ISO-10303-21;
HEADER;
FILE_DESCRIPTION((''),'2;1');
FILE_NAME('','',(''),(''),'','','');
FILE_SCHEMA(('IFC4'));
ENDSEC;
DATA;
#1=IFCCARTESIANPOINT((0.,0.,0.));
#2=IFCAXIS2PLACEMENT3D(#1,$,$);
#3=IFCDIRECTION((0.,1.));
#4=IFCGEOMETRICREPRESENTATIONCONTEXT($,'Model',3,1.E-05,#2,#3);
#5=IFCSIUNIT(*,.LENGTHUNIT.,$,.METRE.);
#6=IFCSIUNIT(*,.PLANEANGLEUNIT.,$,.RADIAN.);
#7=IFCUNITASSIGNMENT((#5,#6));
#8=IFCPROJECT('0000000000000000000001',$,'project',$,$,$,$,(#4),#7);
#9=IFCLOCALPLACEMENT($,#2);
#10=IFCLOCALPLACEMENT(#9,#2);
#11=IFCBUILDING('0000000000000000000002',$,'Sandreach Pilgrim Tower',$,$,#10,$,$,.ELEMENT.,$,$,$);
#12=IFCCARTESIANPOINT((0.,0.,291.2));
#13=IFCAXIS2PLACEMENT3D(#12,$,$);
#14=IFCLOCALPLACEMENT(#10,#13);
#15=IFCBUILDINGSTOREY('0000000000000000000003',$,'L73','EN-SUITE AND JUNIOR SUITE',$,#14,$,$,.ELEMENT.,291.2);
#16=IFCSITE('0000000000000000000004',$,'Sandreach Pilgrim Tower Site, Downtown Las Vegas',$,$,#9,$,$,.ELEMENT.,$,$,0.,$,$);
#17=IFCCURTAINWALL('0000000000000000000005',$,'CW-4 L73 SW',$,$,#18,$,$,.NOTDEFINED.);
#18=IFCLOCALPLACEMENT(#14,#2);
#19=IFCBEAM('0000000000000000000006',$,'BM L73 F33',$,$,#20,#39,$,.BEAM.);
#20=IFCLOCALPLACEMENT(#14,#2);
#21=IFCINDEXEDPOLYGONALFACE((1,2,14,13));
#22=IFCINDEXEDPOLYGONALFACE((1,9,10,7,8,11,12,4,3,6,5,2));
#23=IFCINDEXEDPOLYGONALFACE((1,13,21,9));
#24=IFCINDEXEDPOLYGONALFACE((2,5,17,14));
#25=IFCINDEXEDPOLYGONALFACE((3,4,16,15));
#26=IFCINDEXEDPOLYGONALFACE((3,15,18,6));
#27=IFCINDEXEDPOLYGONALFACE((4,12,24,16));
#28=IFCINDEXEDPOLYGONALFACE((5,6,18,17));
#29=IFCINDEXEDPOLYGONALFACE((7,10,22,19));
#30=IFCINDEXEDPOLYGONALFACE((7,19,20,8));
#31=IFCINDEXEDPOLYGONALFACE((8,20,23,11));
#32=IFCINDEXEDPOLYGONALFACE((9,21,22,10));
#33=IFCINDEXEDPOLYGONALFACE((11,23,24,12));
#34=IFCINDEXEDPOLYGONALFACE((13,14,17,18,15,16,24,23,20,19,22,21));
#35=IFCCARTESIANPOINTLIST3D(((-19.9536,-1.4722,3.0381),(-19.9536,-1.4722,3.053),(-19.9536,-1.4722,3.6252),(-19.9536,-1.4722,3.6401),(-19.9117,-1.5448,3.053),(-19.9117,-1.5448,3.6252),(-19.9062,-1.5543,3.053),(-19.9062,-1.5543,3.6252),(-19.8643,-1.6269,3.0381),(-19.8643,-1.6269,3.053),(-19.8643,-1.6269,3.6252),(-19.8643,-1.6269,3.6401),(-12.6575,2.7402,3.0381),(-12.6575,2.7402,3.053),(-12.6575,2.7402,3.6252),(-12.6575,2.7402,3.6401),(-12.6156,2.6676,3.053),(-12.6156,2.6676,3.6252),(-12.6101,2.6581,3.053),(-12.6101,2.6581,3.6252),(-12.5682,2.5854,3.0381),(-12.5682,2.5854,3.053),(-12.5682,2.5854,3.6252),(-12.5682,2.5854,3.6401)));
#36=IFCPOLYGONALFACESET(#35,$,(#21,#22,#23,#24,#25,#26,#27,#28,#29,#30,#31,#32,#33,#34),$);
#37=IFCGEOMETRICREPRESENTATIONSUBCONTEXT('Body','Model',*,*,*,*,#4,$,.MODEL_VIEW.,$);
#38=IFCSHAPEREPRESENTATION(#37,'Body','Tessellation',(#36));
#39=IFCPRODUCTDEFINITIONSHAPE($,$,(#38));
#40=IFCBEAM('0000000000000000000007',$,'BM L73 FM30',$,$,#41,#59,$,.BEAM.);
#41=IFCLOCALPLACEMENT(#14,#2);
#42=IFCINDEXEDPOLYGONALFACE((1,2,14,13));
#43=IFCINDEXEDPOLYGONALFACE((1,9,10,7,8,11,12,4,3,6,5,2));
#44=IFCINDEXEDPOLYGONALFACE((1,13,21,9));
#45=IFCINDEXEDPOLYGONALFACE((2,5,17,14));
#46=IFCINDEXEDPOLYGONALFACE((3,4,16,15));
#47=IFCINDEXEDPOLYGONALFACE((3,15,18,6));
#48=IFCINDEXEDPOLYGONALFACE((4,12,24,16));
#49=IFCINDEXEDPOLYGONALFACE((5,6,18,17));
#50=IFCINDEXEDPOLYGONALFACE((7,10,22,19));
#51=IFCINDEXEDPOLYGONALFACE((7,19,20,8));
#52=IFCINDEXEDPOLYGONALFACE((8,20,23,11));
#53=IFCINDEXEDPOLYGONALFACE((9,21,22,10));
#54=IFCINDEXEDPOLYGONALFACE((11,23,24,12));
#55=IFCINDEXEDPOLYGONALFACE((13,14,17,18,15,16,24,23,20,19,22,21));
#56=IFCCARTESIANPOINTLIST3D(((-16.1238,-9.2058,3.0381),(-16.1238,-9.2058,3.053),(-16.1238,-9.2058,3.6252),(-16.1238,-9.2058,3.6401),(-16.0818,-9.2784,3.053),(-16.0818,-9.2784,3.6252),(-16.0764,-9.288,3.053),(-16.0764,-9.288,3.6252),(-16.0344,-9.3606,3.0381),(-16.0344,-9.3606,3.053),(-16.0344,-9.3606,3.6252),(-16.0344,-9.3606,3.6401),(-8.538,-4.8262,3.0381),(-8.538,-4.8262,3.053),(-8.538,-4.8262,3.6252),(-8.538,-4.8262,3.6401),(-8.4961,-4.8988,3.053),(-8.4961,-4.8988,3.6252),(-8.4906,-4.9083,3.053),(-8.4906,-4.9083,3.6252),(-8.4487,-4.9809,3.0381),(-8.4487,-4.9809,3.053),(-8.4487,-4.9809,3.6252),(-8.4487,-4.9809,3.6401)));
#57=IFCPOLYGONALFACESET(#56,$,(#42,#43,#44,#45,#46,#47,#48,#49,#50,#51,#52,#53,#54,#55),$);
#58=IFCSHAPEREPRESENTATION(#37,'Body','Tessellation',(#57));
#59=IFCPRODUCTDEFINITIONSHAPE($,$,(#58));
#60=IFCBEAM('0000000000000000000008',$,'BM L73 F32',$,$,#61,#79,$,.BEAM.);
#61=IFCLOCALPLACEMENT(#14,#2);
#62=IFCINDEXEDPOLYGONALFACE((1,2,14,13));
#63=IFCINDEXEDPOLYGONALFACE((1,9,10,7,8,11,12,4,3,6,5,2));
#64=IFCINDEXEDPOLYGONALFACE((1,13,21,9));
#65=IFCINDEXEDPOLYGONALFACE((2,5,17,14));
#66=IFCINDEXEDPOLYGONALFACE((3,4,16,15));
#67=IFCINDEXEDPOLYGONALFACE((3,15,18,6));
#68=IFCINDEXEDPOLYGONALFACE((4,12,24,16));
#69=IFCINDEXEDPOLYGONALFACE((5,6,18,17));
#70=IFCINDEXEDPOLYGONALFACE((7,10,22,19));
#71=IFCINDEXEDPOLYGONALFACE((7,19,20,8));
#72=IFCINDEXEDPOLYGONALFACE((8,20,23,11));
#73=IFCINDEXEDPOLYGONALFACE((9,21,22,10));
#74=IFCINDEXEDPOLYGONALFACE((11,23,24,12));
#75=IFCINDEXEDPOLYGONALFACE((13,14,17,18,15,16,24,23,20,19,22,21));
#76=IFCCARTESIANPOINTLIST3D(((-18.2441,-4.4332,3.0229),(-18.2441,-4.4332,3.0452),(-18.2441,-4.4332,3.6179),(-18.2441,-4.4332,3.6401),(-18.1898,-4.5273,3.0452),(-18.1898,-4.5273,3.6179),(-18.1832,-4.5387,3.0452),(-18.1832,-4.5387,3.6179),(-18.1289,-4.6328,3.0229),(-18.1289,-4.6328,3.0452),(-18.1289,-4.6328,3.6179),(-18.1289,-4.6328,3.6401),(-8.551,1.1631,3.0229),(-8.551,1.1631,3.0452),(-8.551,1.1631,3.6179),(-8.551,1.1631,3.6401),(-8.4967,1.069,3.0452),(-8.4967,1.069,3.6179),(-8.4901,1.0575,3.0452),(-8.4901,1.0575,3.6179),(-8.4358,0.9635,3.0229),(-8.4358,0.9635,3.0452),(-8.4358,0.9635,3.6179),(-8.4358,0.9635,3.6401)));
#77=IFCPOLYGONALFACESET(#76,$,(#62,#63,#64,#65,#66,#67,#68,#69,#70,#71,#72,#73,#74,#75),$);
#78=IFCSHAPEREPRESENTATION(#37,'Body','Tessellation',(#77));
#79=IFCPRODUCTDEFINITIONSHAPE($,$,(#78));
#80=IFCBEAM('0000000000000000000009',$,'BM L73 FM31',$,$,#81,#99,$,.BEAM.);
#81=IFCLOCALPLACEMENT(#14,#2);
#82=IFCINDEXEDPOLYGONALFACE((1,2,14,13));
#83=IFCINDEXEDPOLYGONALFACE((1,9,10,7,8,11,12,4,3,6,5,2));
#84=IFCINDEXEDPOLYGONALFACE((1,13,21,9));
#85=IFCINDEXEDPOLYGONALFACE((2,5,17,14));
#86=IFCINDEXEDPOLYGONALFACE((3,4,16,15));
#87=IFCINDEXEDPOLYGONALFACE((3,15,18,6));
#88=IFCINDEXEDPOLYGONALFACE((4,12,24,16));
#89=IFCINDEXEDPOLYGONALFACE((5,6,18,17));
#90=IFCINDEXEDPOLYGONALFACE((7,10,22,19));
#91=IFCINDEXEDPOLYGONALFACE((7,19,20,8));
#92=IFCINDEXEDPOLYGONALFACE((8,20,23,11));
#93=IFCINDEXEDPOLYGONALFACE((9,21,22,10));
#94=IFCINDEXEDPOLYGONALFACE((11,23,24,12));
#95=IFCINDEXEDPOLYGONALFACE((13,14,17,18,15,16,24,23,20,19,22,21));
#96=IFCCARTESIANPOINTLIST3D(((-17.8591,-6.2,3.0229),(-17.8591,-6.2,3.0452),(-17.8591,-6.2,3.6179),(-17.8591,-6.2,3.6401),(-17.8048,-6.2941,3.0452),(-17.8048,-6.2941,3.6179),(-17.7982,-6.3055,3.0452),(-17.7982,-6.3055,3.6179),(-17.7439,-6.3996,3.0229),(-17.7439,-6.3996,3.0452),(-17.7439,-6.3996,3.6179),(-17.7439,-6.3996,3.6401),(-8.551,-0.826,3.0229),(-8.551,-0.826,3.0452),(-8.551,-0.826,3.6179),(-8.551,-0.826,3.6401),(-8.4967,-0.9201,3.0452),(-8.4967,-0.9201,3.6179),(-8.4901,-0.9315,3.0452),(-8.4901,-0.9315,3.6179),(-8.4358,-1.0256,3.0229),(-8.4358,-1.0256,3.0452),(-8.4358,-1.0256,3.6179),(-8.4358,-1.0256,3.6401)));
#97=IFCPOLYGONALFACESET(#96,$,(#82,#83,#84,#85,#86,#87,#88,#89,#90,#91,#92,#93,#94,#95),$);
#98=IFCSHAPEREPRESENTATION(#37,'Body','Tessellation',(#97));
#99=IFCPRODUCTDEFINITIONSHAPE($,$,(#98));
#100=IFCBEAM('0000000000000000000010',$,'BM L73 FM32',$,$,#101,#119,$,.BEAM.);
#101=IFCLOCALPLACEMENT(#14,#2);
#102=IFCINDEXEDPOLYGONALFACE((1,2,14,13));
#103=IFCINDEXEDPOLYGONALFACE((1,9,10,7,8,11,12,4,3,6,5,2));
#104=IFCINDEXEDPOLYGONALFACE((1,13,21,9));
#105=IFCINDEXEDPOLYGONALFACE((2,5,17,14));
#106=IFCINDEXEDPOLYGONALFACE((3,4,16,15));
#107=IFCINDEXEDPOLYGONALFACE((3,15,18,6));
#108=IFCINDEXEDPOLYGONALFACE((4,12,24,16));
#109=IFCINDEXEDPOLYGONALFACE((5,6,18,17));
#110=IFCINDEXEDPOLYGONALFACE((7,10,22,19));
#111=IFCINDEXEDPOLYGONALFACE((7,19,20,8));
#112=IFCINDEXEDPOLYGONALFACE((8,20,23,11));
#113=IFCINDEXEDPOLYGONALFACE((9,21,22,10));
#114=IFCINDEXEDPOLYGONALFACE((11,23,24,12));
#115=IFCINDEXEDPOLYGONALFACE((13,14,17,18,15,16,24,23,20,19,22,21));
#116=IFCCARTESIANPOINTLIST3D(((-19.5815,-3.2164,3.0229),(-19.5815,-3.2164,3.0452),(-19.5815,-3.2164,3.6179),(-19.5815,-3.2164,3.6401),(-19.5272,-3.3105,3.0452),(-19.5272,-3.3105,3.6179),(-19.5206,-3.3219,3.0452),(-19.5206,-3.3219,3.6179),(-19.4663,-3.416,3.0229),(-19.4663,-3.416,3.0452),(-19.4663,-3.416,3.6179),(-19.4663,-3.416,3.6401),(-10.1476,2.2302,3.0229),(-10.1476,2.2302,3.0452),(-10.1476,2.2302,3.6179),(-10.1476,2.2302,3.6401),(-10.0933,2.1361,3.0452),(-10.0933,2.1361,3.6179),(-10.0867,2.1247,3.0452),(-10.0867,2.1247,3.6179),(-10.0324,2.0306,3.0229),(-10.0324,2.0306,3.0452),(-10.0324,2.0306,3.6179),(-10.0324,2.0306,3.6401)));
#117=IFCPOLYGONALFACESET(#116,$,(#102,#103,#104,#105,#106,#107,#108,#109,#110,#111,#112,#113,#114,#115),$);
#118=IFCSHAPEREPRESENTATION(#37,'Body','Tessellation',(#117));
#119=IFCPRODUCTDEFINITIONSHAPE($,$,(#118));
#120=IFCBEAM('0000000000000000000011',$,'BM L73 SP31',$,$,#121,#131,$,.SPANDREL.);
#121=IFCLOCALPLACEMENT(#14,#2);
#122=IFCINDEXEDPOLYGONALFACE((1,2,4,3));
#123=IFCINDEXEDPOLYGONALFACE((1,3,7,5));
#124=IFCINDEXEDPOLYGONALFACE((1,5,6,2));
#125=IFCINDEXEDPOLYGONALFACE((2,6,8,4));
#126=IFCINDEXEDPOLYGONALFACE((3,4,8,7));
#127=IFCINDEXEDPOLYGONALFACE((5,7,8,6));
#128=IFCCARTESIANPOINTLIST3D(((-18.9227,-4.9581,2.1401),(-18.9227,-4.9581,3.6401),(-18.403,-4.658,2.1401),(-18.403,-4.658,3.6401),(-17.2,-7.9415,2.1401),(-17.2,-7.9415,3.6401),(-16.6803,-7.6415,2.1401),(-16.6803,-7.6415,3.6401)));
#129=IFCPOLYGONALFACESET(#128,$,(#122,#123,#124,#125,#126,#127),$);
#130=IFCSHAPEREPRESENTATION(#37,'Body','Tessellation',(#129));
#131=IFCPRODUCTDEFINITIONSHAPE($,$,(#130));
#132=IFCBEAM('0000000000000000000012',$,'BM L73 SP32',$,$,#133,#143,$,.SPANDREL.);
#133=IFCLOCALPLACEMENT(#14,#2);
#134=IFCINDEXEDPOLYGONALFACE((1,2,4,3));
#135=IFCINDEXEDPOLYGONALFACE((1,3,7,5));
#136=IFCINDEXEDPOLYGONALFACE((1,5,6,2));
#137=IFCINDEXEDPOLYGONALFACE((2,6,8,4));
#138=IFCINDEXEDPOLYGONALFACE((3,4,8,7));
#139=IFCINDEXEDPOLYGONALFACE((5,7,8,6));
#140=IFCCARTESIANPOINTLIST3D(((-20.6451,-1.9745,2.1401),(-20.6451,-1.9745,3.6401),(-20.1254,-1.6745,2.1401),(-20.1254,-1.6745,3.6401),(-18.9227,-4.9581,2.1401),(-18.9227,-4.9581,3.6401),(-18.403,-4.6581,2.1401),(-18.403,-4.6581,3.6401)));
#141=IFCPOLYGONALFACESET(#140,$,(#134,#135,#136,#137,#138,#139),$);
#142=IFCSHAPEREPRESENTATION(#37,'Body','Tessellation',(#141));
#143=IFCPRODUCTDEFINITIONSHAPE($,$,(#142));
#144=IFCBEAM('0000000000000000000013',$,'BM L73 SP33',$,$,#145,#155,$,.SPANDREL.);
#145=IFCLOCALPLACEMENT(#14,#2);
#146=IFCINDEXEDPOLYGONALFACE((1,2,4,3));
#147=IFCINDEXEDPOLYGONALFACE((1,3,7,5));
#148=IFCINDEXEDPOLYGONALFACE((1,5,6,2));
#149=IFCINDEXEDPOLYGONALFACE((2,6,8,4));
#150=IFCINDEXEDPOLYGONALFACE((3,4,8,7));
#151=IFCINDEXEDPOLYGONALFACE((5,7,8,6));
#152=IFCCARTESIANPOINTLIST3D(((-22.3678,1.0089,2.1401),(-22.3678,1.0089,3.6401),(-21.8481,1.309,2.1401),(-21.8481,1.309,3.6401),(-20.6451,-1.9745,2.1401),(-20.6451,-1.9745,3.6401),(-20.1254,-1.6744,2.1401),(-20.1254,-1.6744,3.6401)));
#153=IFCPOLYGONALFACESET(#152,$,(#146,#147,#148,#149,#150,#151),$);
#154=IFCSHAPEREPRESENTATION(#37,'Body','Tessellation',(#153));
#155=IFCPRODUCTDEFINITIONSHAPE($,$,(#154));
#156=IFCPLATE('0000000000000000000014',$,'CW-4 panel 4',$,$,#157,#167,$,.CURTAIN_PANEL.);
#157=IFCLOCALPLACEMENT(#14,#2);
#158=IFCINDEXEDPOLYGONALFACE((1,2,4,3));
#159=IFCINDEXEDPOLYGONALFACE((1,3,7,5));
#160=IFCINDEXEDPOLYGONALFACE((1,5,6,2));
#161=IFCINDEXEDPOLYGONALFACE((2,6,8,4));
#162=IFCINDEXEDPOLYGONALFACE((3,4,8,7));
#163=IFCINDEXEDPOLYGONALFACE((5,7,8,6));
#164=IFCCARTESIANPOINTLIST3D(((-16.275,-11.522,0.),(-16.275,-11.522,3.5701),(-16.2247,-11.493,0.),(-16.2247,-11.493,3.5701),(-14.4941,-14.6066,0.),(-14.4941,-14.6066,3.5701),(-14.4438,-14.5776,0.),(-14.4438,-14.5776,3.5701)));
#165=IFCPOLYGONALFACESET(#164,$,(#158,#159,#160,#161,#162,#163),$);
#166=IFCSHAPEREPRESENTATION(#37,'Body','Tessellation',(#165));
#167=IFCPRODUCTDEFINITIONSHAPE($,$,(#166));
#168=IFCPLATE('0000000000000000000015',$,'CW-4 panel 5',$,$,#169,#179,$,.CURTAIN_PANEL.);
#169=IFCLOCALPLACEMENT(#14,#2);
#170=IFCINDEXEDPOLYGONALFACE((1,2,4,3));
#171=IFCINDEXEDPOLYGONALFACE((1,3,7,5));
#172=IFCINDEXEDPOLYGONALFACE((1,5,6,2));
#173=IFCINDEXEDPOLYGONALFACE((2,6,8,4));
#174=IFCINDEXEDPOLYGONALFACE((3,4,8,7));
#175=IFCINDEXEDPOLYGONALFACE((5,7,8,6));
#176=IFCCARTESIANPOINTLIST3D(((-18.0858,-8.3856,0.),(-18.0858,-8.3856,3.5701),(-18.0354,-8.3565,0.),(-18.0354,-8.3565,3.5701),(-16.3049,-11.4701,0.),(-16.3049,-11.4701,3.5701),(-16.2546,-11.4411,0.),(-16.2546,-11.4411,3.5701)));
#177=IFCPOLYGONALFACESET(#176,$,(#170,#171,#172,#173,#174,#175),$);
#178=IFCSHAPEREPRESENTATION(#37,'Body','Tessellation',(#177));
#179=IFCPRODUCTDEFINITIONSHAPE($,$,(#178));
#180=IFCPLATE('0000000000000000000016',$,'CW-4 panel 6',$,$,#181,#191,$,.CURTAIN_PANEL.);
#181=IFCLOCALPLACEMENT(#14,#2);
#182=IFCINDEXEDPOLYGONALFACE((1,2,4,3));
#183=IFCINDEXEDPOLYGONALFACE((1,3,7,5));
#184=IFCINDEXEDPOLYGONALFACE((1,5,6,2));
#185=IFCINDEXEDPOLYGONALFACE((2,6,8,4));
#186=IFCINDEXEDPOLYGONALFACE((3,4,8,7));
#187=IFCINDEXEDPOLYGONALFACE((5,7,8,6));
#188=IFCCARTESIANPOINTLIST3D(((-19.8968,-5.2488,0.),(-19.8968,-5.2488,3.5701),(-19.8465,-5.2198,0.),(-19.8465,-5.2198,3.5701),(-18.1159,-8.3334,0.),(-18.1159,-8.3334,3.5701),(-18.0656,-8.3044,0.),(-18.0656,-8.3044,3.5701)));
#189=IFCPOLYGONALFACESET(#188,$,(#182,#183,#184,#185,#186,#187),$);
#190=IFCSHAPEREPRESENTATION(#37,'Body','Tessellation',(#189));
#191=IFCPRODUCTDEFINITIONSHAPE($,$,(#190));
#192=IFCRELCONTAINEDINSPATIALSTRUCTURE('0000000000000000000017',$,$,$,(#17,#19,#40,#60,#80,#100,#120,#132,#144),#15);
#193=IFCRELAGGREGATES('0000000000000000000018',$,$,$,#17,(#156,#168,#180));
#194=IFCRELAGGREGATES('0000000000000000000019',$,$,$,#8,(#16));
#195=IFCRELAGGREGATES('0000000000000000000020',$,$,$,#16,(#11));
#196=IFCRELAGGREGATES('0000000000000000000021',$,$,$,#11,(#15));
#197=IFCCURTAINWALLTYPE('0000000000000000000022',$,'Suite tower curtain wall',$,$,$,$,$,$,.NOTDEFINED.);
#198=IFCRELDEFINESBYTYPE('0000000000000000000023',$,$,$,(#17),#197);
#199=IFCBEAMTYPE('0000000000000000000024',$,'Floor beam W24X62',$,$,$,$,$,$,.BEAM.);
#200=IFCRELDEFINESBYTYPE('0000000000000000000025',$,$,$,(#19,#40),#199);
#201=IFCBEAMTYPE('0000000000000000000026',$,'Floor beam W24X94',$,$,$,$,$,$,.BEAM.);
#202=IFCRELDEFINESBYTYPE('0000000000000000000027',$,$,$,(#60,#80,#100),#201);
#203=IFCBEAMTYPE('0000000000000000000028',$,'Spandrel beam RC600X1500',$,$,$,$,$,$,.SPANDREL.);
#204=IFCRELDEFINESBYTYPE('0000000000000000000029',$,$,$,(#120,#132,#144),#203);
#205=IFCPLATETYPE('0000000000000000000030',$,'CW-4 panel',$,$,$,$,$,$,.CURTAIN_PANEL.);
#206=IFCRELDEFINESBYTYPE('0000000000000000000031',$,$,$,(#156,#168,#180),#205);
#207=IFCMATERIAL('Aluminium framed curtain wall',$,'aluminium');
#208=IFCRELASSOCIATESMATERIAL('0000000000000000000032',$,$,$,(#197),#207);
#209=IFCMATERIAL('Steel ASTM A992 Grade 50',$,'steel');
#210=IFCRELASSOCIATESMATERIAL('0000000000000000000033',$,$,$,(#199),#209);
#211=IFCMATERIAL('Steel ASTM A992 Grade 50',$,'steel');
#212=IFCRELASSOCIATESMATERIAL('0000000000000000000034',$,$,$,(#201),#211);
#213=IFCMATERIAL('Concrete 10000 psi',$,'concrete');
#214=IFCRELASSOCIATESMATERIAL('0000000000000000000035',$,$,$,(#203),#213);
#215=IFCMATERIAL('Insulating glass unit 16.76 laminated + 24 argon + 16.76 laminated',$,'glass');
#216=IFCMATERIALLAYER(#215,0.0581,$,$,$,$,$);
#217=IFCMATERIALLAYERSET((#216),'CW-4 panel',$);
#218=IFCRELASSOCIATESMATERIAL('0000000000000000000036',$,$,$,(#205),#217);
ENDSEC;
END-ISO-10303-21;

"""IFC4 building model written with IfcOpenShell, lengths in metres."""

from ifc_helpers import new_model, si_unit, direction, frame, origin, origin_2d, place, context, subcontext, project, spatial, rectangle, i_section, extrude, material, layer, layer_set, material_profile, profile_set, type_object, element, aggregate, save


model = new_model("IFC4")

# Units and contexts
model_context = context("Model", 3, precision=1e-05, world=origin(), true_north=direction((0.0, 1.0)))
body_context = subcontext(model_context, "Body", "Model", "MODEL_VIEW")
ifc_project = project(units=[si_unit("LENGTHUNIT", "METRE"), si_unit("PLANEANGLEUNIT", "RADIAN")], contexts=[model_context])

# Site, building, storey
site_placement = place(None, origin())
site = spatial("IfcSite", under=ifc_project, at=site_placement, Name="Sandreach Pilgrim Tower Site, Downtown Las Vegas", CompositionType="ELEMENT", RefElevation=0.0)
building_placement = place(site_placement, origin())
building = spatial("IfcBuilding", under=site, at=building_placement, Name="Sandreach Pilgrim Tower", CompositionType="ELEMENT")
storey_placement = place(building_placement, frame((0.0, 0.0, 291.2)))
storey = spatial("IfcBuildingStorey", under=building, at=storey_placement, Name="L73", Description="EN-SUITE AND JUNIOR SUITE", CompositionType="ELEMENT", Elevation=291.2)

# Curtain wall
ifc_material_1 = material(Name="Aluminium framed curtain wall", Category="aluminium")
curtain_wall_type = type_object("IfcCurtainWallType", Name="Suite tower curtain wall", PredefinedType="NOTDEFINED", material=ifc_material_1)
curtain_wall_placement = place(storey_placement, origin())
curtain_wall = element("IfcCurtainWall", 1, at=curtain_wall_placement, inside=storey, type_object=curtain_wall_type, Name="CW-4 L73 SW", PredefinedType="NOTDEFINED")

# Beams
ifc_material_2 = material(Name="Steel ASTM A992 Grade 50", Category="steel")
ifc_material_profile_1 = material_profile(ifc_material_2, i_section(OverallWidth=0.1787, OverallDepth=0.6021, WebThickness=0.011, FlangeThickness=0.0149, at=origin_2d()), Name="W24X62")
ifc_profile_set_1 = profile_set([ifc_material_profile_1], Name="Steel ASTM A992 Grade 50")
beam_type_1 = type_object("IfcBeamType", Name="Floor beam W24X62", PredefinedType="BEAM", material=ifc_profile_set_1)
beam_1_placement = place(storey_placement, frame((-19.9089, -1.5496, 3.3391), z_axis=(0.866027, 0.499998, 0.0), x_axis=(-0.499998, 0.866027, 0.0)))
element("IfcBeam", 2, at=beam_1_placement, inside=storey, type_object=beam_type_1, Name="BM L73 F33", PredefinedType="BEAM", context=body_context, shape_type="SweptSolid", body=[
    extrude(i_section(OverallWidth=0.1787, OverallDepth=0.6021, WebThickness=0.011, FlangeThickness=0.0149, at=origin_2d()), origin(), (0.0, 0.0, 1.0), 8.4248),
])
beam_2_placement = place(storey_placement, frame((-16.0791, -9.2832, 3.3391), z_axis=(0.866024, 0.500003, 0.0), x_axis=(-0.500003, 0.866024, 0.0)))
element("IfcBeam", 3, at=beam_2_placement, inside=storey, type_object=beam_type_1, Name="BM L73 FM30", PredefinedType="BEAM", context=body_context, shape_type="SweptSolid", body=[
    extrude(i_section(OverallWidth=0.1787, OverallDepth=0.6021, WebThickness=0.011, FlangeThickness=0.0149, at=origin_2d()), origin(), (0.0, 0.0, 1.0), 8.7593),
])
ifc_material_3 = material(Name="Steel ASTM A992 Grade 50", Category="steel")
ifc_material_profile_2 = material_profile(ifc_material_3, i_section(OverallWidth=0.2305, OverallDepth=0.6172, WebThickness=0.0132, FlangeThickness=0.0222, at=origin_2d()), Name="W24X94")
ifc_profile_set_2 = profile_set([ifc_material_profile_2], Name="Steel ASTM A992 Grade 50")
beam_type_2 = type_object("IfcBeamType", Name="Floor beam W24X94", PredefinedType="BEAM", material=ifc_profile_set_2)
beam_3_placement = place(storey_placement, frame((-18.1865, -4.533, 3.3315), z_axis=(0.86603, 0.499991, 0.0), x_axis=(-0.499991, 0.86603, 0.0)))
element("IfcBeam", 4, at=beam_3_placement, inside=storey, type_object=beam_type_2, Name="BM L73 F32", PredefinedType="BEAM", context=body_context, shape_type="SweptSolid", body=[
    extrude(i_section(OverallWidth=0.2305, OverallDepth=0.6172, WebThickness=0.0132, FlangeThickness=0.0222, at=origin_2d()), origin(), (0.0, 0.0, 1.0), 11.1926),
])
beam_4_placement = place(storey_placement, frame((-17.8015, -6.2998, 3.3315), z_axis=(0.866026, 0.499999, 0.0), x_axis=(-0.499999, 0.866026, 0.0)))
element("IfcBeam", 5, at=beam_4_placement, inside=storey, type_object=beam_type_2, Name="BM L73 FM31", PredefinedType="BEAM", context=body_context, shape_type="SweptSolid", body=[
    extrude(i_section(OverallWidth=0.2305, OverallDepth=0.6172, WebThickness=0.0132, FlangeThickness=0.0222, at=origin_2d()), origin(), (0.0, 0.0, 1.0), 10.748),
])
beam_5_placement = place(storey_placement, frame((-19.5239, -3.3162, 3.3315), z_axis=(0.866029, 0.499993, 0.0), x_axis=(-0.499993, 0.866029, 0.0)))
element("IfcBeam", 6, at=beam_5_placement, inside=storey, type_object=beam_type_2, Name="BM L73 FM32", PredefinedType="BEAM", context=body_context, shape_type="SweptSolid", body=[
    extrude(i_section(OverallWidth=0.2305, OverallDepth=0.6172, WebThickness=0.0132, FlangeThickness=0.0222, at=origin_2d()), origin(), (0.0, 0.0, 1.0), 10.8933),
])
ifc_material_4 = material(Name="Concrete 10000 psi", Category="concrete")
ifc_material_profile_3 = material_profile(ifc_material_4, rectangle(XDim=0.6001, YDim=1.5, at=origin_2d()), Name="RC600X1500")
ifc_profile_set_3 = profile_set([ifc_material_profile_3], Name="Concrete 10000 psi")
beam_type_3 = type_object("IfcBeamType", Name="Spandrel beam RC600X1500", PredefinedType="SPANDREL", material=ifc_profile_set_3)
for number, where, z_axis, x_axis, name in (
    (7, (-16.9402, -7.7915, 2.8901), (-0.500041, 0.866001, 0.0), (-0.866001, -0.500041, 0.0), "BM L73 SP31"),
    (8, (-18.6628, -4.8081, 2.8901), (-0.499958, 0.86605, 0.0), (-0.86605, -0.499958, 0.0), "BM L73 SP32"),
    (9, (-20.3853, -1.8245, 2.8901), (-0.500041, 0.866001, 0.0), (-0.866001, -0.500041, 0.0), "BM L73 SP33"),
):
    element("IfcBeam", number, at=place(storey_placement, frame(where, z_axis=z_axis, x_axis=x_axis)), inside=storey, type_object=beam_type_3, Name=name, PredefinedType="SPANDREL", context=body_context, shape_type="SweptSolid", body=[
        extrude(rectangle(XDim=0.6001, YDim=1.5, at=origin_2d()), origin(), (0.0, 0.0, 1.0), 3.4451),
    ])

# Plates
ifc_material_5 = material(Name="Insulating glass unit 16.76 laminated + 24 argon + 16.76 laminated", Category="glass")
ifc_layer_1 = layer(ifc_material_5, 0.0581)
ifc_layer_set_1 = layer_set([ifc_layer_1], Name="CW-4 panel")
plate_type = type_object("IfcPlateType", Name="CW-4 panel", PredefinedType="CURTAIN_PANEL", material=ifc_layer_set_1)
plate_1_placement = place(storey_placement, frame((-15.3594, -13.0498, 0.0), z_axis=(0.0, 0.0, 1.0), x_axis=(-0.5, 0.866025, 0.0)))
plate_1 = element("IfcPlate", 10, at=plate_1_placement, type_object=plate_type, Name="CW-4 panel 4", PredefinedType="CURTAIN_PANEL", context=body_context, shape_type="SweptSolid", body=[
    extrude(rectangle(XDim=3.5618, YDim=0.0581, at=origin_2d()), origin(), (0.0, 0.0, 1.0), 3.5701),
])
plate_2_placement = place(storey_placement, frame((-17.1702, -9.9133, 0.0), z_axis=(0.0, 0.0, 1.0), x_axis=(-0.5, 0.866025, 0.0)))
plate_2 = element("IfcPlate", 11, at=plate_2_placement, type_object=plate_type, Name="CW-4 panel 5", PredefinedType="CURTAIN_PANEL", context=body_context, shape_type="SweptSolid", body=[
    extrude(rectangle(XDim=3.5618, YDim=0.0581, at=origin_2d()), origin(), (0.0, 0.0, 1.0), 3.5701),
])
plate_3_placement = place(storey_placement, frame((-18.9812, -6.7766, 0.0), z_axis=(0.0, 0.0, 1.0), x_axis=(-0.5, 0.866025, 0.0)))
plate_3 = element("IfcPlate", 12, at=plate_3_placement, type_object=plate_type, Name="CW-4 panel 6", PredefinedType="CURTAIN_PANEL", context=body_context, shape_type="SweptSolid", body=[
    extrude(rectangle(XDim=3.5618, YDim=0.0581, at=origin_2d()), origin(), (0.0, 0.0, 1.0), 3.5701),
])
aggregate(curtain_wall, [plate_1, plate_2, plate_3])

save(model, "model.ifc")
